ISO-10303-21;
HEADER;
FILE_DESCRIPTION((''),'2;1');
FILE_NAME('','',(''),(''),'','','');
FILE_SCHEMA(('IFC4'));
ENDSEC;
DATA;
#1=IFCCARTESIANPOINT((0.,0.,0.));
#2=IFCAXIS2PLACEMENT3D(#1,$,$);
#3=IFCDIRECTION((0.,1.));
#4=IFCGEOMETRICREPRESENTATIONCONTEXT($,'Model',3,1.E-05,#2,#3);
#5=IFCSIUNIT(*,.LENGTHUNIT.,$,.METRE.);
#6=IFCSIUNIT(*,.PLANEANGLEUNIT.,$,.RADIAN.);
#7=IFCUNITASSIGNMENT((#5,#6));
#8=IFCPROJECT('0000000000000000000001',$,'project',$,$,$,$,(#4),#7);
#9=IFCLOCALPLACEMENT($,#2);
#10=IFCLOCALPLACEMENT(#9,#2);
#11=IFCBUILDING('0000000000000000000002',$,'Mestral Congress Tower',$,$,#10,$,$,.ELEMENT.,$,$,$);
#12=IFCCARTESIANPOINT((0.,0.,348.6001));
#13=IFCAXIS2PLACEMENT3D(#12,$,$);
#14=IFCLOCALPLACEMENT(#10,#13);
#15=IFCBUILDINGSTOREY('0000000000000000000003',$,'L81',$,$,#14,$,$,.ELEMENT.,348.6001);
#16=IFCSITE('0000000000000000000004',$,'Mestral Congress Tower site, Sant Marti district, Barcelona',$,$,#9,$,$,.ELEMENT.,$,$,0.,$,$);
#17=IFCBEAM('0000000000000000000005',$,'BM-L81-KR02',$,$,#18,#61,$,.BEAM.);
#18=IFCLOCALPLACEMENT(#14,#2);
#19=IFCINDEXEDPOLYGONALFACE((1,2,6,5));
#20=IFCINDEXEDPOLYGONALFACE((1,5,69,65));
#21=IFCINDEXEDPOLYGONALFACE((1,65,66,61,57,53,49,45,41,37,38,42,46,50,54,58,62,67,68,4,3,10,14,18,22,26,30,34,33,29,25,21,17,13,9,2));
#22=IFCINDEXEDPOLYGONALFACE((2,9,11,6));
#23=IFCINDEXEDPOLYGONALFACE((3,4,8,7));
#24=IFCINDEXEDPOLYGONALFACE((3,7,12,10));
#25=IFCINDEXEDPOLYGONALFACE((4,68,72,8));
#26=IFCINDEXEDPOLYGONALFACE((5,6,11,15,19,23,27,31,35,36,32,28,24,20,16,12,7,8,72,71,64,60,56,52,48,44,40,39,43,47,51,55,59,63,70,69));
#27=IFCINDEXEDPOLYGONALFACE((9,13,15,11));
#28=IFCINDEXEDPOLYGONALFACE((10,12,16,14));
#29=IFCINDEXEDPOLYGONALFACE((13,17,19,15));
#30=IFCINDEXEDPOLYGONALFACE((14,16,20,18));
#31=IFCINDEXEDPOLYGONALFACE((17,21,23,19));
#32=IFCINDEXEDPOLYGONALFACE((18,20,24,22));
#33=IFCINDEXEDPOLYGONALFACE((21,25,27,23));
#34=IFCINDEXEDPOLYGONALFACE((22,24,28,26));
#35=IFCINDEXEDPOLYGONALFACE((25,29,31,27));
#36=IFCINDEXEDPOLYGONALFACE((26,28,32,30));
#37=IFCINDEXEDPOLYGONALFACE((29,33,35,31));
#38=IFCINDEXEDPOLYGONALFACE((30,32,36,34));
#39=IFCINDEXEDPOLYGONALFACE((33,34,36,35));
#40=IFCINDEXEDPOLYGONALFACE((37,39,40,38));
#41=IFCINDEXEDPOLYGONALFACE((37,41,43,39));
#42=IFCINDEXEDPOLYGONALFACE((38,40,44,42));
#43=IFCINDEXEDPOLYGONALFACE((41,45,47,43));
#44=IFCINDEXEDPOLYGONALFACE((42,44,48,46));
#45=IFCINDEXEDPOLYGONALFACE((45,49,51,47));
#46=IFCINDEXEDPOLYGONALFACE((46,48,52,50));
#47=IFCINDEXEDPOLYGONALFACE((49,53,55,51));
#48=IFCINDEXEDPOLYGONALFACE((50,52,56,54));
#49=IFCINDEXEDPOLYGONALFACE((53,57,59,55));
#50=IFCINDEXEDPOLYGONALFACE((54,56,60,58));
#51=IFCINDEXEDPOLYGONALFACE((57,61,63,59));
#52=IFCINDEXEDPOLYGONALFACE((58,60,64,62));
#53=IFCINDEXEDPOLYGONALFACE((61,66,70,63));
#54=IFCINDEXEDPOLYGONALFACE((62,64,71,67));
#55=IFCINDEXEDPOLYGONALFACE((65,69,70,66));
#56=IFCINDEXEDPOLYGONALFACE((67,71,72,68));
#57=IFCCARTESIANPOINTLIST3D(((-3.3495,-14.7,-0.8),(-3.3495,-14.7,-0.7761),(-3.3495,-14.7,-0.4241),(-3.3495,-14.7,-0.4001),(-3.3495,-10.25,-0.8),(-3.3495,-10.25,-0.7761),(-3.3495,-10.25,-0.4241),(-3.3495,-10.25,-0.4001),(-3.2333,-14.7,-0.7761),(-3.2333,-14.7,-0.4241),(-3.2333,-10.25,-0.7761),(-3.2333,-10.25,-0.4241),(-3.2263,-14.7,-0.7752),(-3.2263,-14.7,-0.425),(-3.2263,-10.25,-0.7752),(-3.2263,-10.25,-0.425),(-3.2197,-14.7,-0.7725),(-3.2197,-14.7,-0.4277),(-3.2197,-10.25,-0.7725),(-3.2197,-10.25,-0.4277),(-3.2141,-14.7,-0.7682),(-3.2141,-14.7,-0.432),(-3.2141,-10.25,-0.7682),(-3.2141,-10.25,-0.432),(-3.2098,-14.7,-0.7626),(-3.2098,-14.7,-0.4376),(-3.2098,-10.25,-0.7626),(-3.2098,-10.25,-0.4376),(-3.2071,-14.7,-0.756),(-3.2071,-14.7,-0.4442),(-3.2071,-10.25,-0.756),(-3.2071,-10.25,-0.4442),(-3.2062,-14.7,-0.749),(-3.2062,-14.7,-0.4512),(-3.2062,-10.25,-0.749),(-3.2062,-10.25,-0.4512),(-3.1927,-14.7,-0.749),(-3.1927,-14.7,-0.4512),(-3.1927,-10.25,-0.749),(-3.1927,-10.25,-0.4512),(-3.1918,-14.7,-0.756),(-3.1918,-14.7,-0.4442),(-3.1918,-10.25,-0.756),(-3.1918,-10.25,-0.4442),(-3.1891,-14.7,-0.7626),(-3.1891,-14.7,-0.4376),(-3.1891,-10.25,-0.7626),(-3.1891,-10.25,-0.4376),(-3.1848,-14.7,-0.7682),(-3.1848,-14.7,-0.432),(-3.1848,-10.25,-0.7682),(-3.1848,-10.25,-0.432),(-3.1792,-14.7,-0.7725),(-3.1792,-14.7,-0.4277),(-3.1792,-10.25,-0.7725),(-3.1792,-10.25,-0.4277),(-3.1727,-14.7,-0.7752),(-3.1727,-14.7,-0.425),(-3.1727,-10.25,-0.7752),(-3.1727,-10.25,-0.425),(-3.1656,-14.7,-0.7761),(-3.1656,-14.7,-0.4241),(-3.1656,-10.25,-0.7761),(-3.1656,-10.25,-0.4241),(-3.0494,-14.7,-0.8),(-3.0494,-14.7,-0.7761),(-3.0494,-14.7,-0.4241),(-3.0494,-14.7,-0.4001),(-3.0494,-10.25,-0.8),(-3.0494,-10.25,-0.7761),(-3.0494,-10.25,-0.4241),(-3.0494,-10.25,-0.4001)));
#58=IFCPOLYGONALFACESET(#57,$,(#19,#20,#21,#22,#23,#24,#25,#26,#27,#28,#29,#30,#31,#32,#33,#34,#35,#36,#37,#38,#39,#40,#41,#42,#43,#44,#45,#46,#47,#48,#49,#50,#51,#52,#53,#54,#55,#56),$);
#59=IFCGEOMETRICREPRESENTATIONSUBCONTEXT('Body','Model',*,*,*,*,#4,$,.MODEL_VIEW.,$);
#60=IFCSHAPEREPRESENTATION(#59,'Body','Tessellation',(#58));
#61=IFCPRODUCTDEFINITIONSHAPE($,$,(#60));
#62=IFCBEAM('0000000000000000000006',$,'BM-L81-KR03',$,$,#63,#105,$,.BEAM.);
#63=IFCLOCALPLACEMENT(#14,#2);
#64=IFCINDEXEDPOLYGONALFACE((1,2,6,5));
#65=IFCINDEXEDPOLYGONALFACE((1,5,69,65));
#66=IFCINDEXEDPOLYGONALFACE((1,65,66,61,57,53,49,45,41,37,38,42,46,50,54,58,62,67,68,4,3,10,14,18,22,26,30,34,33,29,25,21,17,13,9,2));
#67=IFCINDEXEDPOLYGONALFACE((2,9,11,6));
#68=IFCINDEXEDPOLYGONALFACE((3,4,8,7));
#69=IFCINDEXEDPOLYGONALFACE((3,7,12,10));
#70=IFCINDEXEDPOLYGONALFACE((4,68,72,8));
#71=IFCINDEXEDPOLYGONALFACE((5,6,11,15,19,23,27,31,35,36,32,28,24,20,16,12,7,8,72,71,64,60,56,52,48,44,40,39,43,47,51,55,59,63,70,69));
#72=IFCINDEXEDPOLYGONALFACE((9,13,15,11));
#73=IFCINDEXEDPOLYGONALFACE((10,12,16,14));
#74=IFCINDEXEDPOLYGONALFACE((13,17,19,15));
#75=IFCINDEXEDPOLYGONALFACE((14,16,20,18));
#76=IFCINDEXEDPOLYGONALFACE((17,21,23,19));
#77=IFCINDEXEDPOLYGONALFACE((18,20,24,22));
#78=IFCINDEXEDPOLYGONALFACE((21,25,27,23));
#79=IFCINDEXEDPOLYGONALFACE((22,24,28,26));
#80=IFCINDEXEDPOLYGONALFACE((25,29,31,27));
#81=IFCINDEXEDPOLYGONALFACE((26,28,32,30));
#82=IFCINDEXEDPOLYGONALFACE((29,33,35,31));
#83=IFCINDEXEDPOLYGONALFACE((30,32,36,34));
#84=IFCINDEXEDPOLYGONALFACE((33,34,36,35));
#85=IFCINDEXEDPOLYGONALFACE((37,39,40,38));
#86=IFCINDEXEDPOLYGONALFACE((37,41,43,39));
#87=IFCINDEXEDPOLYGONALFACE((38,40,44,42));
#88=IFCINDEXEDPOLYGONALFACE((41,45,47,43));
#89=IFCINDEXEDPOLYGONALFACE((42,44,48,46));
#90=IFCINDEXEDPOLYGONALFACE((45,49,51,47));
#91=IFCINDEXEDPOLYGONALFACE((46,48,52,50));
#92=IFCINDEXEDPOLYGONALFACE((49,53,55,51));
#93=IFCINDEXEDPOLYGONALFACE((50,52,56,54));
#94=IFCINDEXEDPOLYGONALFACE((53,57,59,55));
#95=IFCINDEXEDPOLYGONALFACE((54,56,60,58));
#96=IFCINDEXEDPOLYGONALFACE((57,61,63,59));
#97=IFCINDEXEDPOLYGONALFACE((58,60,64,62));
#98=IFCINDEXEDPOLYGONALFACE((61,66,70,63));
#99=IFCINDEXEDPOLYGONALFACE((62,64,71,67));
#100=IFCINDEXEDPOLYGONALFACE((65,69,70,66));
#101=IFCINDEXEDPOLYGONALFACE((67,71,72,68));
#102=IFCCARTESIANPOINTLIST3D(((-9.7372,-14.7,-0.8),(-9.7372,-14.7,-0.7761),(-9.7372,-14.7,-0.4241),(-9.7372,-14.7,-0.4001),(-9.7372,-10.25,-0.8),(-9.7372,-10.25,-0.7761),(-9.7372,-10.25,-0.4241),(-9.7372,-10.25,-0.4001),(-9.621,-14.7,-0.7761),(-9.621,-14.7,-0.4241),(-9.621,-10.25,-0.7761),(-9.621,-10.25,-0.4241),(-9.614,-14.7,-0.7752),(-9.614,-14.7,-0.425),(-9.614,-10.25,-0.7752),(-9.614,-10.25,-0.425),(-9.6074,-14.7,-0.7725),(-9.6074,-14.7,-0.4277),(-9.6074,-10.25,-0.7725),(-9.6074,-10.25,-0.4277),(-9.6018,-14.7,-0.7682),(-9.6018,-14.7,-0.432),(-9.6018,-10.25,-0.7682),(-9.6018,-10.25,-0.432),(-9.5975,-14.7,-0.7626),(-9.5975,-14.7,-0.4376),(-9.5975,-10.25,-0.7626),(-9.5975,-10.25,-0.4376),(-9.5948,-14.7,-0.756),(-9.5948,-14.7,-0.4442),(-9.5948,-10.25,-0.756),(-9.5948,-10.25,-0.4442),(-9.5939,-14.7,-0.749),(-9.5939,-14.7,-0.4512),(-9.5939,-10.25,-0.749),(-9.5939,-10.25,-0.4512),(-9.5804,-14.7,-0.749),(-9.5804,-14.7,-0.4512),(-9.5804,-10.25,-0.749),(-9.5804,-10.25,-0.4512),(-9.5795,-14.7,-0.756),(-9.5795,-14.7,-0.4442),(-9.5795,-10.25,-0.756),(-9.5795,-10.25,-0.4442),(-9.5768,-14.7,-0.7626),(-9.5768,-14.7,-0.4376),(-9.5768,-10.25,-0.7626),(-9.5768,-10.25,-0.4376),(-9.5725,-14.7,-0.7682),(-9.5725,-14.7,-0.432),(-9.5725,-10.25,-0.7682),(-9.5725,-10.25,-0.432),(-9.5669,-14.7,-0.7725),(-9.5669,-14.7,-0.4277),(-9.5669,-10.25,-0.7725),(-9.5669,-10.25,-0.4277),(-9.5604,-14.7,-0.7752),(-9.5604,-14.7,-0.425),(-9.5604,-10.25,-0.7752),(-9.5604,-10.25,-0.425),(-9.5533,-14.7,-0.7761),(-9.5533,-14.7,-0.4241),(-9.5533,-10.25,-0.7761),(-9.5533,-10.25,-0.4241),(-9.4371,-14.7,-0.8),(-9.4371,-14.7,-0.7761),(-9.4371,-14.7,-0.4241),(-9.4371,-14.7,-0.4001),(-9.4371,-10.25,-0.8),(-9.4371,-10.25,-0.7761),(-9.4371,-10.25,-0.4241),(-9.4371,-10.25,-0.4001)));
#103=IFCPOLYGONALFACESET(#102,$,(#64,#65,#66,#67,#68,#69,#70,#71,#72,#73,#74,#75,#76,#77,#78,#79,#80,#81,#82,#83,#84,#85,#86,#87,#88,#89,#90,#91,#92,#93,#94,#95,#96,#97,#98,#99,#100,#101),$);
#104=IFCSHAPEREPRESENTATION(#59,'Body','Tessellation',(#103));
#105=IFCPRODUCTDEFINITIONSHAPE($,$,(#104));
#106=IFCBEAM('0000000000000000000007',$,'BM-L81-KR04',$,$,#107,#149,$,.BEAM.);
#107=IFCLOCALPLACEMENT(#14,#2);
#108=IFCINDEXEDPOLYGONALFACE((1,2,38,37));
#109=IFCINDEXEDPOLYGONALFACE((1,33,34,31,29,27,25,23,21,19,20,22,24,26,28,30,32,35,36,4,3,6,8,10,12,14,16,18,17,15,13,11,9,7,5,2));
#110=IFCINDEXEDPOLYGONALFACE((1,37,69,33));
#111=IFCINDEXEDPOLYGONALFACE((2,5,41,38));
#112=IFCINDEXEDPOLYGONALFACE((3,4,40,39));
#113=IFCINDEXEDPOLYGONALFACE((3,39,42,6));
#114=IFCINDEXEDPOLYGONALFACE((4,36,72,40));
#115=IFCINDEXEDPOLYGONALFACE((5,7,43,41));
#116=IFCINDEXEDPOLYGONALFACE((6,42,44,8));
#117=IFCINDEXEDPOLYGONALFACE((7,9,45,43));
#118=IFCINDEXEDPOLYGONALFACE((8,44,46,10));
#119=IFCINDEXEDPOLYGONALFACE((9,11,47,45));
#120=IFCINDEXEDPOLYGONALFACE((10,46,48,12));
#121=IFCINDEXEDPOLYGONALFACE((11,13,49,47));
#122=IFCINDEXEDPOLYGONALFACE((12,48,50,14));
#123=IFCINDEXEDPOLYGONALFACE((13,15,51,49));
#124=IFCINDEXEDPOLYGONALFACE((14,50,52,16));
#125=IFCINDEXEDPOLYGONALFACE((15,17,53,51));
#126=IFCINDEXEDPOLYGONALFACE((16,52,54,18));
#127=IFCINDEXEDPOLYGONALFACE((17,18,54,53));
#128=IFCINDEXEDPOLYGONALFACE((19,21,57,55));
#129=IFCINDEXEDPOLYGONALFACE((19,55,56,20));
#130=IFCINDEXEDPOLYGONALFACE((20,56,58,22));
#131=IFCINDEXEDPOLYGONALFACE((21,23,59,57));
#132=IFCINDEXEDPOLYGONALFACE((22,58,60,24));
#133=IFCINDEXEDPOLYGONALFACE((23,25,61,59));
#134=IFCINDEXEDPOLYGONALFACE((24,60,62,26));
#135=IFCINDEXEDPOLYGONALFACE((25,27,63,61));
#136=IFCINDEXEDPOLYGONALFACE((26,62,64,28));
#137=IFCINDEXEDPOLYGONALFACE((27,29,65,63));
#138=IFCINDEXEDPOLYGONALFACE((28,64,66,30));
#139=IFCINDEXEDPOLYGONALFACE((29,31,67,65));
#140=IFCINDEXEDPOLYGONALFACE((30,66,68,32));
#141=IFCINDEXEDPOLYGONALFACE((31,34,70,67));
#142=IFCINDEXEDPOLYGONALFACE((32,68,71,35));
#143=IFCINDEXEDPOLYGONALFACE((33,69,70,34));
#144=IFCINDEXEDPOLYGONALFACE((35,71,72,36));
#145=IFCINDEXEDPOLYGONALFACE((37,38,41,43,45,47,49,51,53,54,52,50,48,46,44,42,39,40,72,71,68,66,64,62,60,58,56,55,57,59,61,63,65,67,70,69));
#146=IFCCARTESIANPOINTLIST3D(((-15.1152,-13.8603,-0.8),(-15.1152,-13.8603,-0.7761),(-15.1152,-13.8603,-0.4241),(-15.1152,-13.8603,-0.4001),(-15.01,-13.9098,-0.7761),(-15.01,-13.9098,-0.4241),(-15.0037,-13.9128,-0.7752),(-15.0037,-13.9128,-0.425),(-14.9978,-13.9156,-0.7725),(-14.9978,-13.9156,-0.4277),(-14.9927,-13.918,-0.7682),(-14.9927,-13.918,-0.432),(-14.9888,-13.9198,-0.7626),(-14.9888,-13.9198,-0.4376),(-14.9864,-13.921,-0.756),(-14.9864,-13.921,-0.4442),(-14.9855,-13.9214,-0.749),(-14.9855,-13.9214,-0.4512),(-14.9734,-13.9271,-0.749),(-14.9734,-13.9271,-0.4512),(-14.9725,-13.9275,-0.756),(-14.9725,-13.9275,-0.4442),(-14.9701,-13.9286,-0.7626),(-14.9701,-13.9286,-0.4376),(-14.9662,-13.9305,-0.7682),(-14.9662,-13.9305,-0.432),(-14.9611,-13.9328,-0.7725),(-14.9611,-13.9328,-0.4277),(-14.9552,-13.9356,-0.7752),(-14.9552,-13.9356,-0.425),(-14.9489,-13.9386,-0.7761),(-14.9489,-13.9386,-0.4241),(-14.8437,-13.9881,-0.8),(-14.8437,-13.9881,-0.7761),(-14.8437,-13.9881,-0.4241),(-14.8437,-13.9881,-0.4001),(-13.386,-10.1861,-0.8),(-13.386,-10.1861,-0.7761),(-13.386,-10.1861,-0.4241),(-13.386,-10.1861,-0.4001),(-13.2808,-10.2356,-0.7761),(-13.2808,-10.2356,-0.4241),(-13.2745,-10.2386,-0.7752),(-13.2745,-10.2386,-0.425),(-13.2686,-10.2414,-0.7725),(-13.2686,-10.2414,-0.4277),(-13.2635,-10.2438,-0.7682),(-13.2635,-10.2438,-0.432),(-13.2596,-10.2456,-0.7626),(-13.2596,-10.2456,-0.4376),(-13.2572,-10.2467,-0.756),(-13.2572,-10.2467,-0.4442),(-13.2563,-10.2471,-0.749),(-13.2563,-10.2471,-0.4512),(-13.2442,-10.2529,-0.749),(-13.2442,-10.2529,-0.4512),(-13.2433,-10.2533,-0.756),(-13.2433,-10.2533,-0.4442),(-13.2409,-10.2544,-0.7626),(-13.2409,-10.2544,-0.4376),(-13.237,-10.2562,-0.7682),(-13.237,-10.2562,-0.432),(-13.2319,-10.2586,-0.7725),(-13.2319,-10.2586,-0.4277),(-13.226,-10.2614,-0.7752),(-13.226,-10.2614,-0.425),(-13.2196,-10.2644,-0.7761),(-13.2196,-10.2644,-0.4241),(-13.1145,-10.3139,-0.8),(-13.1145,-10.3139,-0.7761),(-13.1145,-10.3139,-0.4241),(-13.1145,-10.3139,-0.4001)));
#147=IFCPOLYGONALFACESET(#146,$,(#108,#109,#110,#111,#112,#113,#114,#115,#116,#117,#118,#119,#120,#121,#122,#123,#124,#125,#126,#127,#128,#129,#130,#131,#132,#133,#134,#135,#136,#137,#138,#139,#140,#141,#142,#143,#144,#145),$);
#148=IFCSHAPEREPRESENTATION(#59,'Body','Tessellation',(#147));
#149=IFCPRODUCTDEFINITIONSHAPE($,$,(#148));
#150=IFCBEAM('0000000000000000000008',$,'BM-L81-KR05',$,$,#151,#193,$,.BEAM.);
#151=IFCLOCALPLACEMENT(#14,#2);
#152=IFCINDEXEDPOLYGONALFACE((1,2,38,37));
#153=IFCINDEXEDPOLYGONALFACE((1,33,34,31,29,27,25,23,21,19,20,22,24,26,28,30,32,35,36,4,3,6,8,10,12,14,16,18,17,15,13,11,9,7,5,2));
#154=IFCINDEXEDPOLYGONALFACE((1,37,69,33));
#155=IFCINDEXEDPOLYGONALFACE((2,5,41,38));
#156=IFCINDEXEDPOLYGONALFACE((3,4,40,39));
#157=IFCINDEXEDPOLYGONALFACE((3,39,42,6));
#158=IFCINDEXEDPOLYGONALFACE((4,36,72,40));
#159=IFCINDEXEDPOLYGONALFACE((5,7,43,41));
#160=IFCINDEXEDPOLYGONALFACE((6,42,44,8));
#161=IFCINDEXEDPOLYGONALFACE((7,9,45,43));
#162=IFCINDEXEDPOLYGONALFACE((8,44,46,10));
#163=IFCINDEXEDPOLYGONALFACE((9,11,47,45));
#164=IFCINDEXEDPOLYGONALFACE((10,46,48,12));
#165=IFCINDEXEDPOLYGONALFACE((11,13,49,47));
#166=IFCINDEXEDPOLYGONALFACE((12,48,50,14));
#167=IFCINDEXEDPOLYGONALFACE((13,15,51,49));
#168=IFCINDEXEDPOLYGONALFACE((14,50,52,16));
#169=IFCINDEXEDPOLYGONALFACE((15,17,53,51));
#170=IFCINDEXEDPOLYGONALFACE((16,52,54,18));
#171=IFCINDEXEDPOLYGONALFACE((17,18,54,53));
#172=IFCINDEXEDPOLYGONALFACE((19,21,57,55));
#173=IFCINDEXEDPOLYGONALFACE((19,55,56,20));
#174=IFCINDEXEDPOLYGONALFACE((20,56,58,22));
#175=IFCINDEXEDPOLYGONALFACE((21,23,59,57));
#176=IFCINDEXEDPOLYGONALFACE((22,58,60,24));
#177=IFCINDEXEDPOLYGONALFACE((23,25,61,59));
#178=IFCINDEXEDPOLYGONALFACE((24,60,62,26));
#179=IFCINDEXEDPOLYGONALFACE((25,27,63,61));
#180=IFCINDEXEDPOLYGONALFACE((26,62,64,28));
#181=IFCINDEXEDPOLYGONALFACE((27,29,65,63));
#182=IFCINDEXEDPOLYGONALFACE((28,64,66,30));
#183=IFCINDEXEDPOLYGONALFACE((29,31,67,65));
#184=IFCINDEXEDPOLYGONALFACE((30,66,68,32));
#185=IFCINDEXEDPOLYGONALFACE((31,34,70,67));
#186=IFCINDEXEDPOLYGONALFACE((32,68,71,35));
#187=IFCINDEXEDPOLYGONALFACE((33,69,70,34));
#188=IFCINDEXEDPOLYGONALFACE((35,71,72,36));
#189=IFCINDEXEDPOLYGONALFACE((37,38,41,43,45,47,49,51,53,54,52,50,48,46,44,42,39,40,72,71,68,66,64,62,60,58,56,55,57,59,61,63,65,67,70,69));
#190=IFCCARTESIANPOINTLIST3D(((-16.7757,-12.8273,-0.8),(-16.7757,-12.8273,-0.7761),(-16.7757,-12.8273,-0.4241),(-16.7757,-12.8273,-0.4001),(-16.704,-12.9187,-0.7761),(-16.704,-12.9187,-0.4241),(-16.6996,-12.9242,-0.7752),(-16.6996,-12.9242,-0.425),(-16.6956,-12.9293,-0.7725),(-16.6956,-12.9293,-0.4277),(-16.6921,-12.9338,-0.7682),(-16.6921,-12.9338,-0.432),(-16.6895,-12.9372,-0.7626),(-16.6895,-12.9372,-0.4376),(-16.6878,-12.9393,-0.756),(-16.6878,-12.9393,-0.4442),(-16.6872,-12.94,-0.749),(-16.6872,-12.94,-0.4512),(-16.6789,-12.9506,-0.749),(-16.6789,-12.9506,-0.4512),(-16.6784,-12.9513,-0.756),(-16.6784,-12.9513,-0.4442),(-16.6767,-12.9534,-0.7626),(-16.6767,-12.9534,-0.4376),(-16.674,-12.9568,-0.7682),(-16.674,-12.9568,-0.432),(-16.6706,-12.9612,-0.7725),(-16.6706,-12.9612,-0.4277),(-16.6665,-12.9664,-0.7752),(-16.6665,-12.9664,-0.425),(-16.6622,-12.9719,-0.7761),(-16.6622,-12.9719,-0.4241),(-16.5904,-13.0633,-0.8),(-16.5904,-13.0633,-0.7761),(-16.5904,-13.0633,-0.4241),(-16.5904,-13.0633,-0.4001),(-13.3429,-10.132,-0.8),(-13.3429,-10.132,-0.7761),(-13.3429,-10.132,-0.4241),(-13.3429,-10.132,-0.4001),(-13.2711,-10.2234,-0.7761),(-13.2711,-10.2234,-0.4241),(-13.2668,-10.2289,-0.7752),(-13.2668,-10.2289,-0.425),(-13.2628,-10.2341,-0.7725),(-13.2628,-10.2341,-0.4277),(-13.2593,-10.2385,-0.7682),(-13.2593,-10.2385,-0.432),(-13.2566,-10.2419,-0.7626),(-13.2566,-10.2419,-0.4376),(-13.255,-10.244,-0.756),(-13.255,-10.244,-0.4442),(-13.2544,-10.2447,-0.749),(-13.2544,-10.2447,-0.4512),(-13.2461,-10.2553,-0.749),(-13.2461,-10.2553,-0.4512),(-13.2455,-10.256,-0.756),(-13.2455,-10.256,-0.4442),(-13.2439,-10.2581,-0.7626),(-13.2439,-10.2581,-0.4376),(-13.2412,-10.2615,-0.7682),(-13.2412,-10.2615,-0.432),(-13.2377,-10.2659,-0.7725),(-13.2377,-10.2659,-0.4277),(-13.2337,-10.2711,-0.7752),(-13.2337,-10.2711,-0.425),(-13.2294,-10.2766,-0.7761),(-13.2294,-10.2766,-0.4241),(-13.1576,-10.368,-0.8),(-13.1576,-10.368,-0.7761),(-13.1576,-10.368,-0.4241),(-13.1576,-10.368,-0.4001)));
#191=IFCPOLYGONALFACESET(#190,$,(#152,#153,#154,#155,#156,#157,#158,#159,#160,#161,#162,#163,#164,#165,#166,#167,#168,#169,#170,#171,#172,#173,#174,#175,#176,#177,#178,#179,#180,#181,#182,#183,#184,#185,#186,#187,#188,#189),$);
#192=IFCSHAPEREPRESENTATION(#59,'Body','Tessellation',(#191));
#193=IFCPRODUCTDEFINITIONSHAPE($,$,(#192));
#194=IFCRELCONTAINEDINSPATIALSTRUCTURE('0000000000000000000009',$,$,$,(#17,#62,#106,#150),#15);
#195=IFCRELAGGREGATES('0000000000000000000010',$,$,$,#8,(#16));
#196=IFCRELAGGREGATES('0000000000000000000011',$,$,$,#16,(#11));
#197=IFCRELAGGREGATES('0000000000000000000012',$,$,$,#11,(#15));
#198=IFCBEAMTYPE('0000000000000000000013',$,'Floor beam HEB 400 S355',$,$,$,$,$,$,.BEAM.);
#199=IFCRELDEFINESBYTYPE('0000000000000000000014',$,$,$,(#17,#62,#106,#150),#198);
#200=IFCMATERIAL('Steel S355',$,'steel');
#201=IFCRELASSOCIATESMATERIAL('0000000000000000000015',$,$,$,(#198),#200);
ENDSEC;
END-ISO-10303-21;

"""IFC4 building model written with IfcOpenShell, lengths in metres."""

from ifc_helpers import new_model, si_unit, direction, frame, origin, origin_2d, place, context, subcontext, project, spatial, i_section, extrude, material, material_profile, profile_set, type_object, element, save


model = new_model("IFC4")

# Units and contexts
model_context = context("Model", 3, precision=1e-05, world=origin(), true_north=direction((0.0, 1.0)))
body_context = subcontext(model_context, "Body", "Model", "MODEL_VIEW")
ifc_project = project(units=[si_unit("LENGTHUNIT", "METRE"), si_unit("PLANEANGLEUNIT", "RADIAN")], contexts=[model_context])

# Site, building, storey
site_placement = place(None, origin())
site = spatial("IfcSite", under=ifc_project, at=site_placement, Name="Mestral Congress Tower site, Sant Marti district, Barcelona", CompositionType="ELEMENT", RefElevation=0.0)
building_placement = place(site_placement, origin())
building = spatial("IfcBuilding", under=site, at=building_placement, Name="Mestral Congress Tower", CompositionType="ELEMENT")
storey_placement = place(building_placement, frame((0.0, 0.0, 348.6001)))
storey = spatial("IfcBuildingStorey", under=building, at=storey_placement, Name="L81", CompositionType="ELEMENT", Elevation=348.6001)

# Beams
ifc_material_1 = material(Name="Steel S355", Category="steel")
ifc_material_profile_1 = material_profile(ifc_material_1, i_section(OverallWidth=0.3, OverallDepth=0.3999, WebThickness=0.0134, FlangeThickness=0.0239, FilletRadius=0.0271, at=origin_2d()), Name="HEB 400")
ifc_profile_set_1 = profile_set([ifc_material_profile_1], Name="Steel S355")
beam_type_1 = type_object("IfcBeamType", Name="Floor beam HEB 400 S355", PredefinedType="BEAM", material=ifc_profile_set_1)
for number, where, z_axis, x_axis, name in (
    (1, (-3.1995, -10.25, -0.6001), (0.0, -1.0, 0.0), (1.0, 0.0, 0.0), "BM-L81-KR02"),
    (2, (-9.5872, -10.25, -0.6001), (0.0, -1.0, 0.0), (1.0, 0.0, 0.0), "BM-L81-KR03"),
):
    element("IfcBeam", number, at=place(storey_placement, frame(where, z_axis=z_axis, x_axis=x_axis)), inside=storey, type_object=beam_type_1, Name=name, PredefinedType="BEAM", context=body_context, shape_type="SweptSolid", body=[
        extrude(i_section(OverallWidth=0.3, OverallDepth=0.3999, WebThickness=0.0134, FlangeThickness=0.0239, FilletRadius=0.0271, at=origin_2d()), origin(), (0.0, 0.0, 1.0), 4.45),
    ])
beam_1_placement = place(storey_placement, frame((-13.2502, -10.25, -0.6001), z_axis=(-0.425829, -0.904804, 0.0), x_axis=(0.904804, -0.425829, 0.0)))
element("IfcBeam", 3, at=beam_1_placement, inside=storey, type_object=beam_type_1, Name="BM-L81-KR04", PredefinedType="BEAM", context=body_context, shape_type="SweptSolid", body=[
    extrude(i_section(OverallWidth=0.3, OverallDepth=0.3999, WebThickness=0.0134, FlangeThickness=0.0239, FilletRadius=0.0271, at=origin_2d()), origin(), (0.0, 0.0, 1.0), 4.0608),
])
for number, where, z_axis, x_axis, name in (
    (4, (-13.2502, -10.25, -0.6001), (-0.786534, -0.617547, 0.0), (0.617547, -0.786534, 0.0), "BM-L81-KR05"),
):
    element("IfcBeam", number, at=place(storey_placement, frame(where, z_axis=z_axis, x_axis=x_axis)), inside=storey, type_object=beam_type_1, Name=name, PredefinedType="BEAM", context=body_context, shape_type="SweptSolid", body=[
        extrude(i_section(OverallWidth=0.3, OverallDepth=0.3999, WebThickness=0.0134, FlangeThickness=0.0239, FilletRadius=0.0271, at=origin_2d()), origin(), (0.0, 0.0, 1.0), 4.3645),
    ])

save(model, "model.ifc")
